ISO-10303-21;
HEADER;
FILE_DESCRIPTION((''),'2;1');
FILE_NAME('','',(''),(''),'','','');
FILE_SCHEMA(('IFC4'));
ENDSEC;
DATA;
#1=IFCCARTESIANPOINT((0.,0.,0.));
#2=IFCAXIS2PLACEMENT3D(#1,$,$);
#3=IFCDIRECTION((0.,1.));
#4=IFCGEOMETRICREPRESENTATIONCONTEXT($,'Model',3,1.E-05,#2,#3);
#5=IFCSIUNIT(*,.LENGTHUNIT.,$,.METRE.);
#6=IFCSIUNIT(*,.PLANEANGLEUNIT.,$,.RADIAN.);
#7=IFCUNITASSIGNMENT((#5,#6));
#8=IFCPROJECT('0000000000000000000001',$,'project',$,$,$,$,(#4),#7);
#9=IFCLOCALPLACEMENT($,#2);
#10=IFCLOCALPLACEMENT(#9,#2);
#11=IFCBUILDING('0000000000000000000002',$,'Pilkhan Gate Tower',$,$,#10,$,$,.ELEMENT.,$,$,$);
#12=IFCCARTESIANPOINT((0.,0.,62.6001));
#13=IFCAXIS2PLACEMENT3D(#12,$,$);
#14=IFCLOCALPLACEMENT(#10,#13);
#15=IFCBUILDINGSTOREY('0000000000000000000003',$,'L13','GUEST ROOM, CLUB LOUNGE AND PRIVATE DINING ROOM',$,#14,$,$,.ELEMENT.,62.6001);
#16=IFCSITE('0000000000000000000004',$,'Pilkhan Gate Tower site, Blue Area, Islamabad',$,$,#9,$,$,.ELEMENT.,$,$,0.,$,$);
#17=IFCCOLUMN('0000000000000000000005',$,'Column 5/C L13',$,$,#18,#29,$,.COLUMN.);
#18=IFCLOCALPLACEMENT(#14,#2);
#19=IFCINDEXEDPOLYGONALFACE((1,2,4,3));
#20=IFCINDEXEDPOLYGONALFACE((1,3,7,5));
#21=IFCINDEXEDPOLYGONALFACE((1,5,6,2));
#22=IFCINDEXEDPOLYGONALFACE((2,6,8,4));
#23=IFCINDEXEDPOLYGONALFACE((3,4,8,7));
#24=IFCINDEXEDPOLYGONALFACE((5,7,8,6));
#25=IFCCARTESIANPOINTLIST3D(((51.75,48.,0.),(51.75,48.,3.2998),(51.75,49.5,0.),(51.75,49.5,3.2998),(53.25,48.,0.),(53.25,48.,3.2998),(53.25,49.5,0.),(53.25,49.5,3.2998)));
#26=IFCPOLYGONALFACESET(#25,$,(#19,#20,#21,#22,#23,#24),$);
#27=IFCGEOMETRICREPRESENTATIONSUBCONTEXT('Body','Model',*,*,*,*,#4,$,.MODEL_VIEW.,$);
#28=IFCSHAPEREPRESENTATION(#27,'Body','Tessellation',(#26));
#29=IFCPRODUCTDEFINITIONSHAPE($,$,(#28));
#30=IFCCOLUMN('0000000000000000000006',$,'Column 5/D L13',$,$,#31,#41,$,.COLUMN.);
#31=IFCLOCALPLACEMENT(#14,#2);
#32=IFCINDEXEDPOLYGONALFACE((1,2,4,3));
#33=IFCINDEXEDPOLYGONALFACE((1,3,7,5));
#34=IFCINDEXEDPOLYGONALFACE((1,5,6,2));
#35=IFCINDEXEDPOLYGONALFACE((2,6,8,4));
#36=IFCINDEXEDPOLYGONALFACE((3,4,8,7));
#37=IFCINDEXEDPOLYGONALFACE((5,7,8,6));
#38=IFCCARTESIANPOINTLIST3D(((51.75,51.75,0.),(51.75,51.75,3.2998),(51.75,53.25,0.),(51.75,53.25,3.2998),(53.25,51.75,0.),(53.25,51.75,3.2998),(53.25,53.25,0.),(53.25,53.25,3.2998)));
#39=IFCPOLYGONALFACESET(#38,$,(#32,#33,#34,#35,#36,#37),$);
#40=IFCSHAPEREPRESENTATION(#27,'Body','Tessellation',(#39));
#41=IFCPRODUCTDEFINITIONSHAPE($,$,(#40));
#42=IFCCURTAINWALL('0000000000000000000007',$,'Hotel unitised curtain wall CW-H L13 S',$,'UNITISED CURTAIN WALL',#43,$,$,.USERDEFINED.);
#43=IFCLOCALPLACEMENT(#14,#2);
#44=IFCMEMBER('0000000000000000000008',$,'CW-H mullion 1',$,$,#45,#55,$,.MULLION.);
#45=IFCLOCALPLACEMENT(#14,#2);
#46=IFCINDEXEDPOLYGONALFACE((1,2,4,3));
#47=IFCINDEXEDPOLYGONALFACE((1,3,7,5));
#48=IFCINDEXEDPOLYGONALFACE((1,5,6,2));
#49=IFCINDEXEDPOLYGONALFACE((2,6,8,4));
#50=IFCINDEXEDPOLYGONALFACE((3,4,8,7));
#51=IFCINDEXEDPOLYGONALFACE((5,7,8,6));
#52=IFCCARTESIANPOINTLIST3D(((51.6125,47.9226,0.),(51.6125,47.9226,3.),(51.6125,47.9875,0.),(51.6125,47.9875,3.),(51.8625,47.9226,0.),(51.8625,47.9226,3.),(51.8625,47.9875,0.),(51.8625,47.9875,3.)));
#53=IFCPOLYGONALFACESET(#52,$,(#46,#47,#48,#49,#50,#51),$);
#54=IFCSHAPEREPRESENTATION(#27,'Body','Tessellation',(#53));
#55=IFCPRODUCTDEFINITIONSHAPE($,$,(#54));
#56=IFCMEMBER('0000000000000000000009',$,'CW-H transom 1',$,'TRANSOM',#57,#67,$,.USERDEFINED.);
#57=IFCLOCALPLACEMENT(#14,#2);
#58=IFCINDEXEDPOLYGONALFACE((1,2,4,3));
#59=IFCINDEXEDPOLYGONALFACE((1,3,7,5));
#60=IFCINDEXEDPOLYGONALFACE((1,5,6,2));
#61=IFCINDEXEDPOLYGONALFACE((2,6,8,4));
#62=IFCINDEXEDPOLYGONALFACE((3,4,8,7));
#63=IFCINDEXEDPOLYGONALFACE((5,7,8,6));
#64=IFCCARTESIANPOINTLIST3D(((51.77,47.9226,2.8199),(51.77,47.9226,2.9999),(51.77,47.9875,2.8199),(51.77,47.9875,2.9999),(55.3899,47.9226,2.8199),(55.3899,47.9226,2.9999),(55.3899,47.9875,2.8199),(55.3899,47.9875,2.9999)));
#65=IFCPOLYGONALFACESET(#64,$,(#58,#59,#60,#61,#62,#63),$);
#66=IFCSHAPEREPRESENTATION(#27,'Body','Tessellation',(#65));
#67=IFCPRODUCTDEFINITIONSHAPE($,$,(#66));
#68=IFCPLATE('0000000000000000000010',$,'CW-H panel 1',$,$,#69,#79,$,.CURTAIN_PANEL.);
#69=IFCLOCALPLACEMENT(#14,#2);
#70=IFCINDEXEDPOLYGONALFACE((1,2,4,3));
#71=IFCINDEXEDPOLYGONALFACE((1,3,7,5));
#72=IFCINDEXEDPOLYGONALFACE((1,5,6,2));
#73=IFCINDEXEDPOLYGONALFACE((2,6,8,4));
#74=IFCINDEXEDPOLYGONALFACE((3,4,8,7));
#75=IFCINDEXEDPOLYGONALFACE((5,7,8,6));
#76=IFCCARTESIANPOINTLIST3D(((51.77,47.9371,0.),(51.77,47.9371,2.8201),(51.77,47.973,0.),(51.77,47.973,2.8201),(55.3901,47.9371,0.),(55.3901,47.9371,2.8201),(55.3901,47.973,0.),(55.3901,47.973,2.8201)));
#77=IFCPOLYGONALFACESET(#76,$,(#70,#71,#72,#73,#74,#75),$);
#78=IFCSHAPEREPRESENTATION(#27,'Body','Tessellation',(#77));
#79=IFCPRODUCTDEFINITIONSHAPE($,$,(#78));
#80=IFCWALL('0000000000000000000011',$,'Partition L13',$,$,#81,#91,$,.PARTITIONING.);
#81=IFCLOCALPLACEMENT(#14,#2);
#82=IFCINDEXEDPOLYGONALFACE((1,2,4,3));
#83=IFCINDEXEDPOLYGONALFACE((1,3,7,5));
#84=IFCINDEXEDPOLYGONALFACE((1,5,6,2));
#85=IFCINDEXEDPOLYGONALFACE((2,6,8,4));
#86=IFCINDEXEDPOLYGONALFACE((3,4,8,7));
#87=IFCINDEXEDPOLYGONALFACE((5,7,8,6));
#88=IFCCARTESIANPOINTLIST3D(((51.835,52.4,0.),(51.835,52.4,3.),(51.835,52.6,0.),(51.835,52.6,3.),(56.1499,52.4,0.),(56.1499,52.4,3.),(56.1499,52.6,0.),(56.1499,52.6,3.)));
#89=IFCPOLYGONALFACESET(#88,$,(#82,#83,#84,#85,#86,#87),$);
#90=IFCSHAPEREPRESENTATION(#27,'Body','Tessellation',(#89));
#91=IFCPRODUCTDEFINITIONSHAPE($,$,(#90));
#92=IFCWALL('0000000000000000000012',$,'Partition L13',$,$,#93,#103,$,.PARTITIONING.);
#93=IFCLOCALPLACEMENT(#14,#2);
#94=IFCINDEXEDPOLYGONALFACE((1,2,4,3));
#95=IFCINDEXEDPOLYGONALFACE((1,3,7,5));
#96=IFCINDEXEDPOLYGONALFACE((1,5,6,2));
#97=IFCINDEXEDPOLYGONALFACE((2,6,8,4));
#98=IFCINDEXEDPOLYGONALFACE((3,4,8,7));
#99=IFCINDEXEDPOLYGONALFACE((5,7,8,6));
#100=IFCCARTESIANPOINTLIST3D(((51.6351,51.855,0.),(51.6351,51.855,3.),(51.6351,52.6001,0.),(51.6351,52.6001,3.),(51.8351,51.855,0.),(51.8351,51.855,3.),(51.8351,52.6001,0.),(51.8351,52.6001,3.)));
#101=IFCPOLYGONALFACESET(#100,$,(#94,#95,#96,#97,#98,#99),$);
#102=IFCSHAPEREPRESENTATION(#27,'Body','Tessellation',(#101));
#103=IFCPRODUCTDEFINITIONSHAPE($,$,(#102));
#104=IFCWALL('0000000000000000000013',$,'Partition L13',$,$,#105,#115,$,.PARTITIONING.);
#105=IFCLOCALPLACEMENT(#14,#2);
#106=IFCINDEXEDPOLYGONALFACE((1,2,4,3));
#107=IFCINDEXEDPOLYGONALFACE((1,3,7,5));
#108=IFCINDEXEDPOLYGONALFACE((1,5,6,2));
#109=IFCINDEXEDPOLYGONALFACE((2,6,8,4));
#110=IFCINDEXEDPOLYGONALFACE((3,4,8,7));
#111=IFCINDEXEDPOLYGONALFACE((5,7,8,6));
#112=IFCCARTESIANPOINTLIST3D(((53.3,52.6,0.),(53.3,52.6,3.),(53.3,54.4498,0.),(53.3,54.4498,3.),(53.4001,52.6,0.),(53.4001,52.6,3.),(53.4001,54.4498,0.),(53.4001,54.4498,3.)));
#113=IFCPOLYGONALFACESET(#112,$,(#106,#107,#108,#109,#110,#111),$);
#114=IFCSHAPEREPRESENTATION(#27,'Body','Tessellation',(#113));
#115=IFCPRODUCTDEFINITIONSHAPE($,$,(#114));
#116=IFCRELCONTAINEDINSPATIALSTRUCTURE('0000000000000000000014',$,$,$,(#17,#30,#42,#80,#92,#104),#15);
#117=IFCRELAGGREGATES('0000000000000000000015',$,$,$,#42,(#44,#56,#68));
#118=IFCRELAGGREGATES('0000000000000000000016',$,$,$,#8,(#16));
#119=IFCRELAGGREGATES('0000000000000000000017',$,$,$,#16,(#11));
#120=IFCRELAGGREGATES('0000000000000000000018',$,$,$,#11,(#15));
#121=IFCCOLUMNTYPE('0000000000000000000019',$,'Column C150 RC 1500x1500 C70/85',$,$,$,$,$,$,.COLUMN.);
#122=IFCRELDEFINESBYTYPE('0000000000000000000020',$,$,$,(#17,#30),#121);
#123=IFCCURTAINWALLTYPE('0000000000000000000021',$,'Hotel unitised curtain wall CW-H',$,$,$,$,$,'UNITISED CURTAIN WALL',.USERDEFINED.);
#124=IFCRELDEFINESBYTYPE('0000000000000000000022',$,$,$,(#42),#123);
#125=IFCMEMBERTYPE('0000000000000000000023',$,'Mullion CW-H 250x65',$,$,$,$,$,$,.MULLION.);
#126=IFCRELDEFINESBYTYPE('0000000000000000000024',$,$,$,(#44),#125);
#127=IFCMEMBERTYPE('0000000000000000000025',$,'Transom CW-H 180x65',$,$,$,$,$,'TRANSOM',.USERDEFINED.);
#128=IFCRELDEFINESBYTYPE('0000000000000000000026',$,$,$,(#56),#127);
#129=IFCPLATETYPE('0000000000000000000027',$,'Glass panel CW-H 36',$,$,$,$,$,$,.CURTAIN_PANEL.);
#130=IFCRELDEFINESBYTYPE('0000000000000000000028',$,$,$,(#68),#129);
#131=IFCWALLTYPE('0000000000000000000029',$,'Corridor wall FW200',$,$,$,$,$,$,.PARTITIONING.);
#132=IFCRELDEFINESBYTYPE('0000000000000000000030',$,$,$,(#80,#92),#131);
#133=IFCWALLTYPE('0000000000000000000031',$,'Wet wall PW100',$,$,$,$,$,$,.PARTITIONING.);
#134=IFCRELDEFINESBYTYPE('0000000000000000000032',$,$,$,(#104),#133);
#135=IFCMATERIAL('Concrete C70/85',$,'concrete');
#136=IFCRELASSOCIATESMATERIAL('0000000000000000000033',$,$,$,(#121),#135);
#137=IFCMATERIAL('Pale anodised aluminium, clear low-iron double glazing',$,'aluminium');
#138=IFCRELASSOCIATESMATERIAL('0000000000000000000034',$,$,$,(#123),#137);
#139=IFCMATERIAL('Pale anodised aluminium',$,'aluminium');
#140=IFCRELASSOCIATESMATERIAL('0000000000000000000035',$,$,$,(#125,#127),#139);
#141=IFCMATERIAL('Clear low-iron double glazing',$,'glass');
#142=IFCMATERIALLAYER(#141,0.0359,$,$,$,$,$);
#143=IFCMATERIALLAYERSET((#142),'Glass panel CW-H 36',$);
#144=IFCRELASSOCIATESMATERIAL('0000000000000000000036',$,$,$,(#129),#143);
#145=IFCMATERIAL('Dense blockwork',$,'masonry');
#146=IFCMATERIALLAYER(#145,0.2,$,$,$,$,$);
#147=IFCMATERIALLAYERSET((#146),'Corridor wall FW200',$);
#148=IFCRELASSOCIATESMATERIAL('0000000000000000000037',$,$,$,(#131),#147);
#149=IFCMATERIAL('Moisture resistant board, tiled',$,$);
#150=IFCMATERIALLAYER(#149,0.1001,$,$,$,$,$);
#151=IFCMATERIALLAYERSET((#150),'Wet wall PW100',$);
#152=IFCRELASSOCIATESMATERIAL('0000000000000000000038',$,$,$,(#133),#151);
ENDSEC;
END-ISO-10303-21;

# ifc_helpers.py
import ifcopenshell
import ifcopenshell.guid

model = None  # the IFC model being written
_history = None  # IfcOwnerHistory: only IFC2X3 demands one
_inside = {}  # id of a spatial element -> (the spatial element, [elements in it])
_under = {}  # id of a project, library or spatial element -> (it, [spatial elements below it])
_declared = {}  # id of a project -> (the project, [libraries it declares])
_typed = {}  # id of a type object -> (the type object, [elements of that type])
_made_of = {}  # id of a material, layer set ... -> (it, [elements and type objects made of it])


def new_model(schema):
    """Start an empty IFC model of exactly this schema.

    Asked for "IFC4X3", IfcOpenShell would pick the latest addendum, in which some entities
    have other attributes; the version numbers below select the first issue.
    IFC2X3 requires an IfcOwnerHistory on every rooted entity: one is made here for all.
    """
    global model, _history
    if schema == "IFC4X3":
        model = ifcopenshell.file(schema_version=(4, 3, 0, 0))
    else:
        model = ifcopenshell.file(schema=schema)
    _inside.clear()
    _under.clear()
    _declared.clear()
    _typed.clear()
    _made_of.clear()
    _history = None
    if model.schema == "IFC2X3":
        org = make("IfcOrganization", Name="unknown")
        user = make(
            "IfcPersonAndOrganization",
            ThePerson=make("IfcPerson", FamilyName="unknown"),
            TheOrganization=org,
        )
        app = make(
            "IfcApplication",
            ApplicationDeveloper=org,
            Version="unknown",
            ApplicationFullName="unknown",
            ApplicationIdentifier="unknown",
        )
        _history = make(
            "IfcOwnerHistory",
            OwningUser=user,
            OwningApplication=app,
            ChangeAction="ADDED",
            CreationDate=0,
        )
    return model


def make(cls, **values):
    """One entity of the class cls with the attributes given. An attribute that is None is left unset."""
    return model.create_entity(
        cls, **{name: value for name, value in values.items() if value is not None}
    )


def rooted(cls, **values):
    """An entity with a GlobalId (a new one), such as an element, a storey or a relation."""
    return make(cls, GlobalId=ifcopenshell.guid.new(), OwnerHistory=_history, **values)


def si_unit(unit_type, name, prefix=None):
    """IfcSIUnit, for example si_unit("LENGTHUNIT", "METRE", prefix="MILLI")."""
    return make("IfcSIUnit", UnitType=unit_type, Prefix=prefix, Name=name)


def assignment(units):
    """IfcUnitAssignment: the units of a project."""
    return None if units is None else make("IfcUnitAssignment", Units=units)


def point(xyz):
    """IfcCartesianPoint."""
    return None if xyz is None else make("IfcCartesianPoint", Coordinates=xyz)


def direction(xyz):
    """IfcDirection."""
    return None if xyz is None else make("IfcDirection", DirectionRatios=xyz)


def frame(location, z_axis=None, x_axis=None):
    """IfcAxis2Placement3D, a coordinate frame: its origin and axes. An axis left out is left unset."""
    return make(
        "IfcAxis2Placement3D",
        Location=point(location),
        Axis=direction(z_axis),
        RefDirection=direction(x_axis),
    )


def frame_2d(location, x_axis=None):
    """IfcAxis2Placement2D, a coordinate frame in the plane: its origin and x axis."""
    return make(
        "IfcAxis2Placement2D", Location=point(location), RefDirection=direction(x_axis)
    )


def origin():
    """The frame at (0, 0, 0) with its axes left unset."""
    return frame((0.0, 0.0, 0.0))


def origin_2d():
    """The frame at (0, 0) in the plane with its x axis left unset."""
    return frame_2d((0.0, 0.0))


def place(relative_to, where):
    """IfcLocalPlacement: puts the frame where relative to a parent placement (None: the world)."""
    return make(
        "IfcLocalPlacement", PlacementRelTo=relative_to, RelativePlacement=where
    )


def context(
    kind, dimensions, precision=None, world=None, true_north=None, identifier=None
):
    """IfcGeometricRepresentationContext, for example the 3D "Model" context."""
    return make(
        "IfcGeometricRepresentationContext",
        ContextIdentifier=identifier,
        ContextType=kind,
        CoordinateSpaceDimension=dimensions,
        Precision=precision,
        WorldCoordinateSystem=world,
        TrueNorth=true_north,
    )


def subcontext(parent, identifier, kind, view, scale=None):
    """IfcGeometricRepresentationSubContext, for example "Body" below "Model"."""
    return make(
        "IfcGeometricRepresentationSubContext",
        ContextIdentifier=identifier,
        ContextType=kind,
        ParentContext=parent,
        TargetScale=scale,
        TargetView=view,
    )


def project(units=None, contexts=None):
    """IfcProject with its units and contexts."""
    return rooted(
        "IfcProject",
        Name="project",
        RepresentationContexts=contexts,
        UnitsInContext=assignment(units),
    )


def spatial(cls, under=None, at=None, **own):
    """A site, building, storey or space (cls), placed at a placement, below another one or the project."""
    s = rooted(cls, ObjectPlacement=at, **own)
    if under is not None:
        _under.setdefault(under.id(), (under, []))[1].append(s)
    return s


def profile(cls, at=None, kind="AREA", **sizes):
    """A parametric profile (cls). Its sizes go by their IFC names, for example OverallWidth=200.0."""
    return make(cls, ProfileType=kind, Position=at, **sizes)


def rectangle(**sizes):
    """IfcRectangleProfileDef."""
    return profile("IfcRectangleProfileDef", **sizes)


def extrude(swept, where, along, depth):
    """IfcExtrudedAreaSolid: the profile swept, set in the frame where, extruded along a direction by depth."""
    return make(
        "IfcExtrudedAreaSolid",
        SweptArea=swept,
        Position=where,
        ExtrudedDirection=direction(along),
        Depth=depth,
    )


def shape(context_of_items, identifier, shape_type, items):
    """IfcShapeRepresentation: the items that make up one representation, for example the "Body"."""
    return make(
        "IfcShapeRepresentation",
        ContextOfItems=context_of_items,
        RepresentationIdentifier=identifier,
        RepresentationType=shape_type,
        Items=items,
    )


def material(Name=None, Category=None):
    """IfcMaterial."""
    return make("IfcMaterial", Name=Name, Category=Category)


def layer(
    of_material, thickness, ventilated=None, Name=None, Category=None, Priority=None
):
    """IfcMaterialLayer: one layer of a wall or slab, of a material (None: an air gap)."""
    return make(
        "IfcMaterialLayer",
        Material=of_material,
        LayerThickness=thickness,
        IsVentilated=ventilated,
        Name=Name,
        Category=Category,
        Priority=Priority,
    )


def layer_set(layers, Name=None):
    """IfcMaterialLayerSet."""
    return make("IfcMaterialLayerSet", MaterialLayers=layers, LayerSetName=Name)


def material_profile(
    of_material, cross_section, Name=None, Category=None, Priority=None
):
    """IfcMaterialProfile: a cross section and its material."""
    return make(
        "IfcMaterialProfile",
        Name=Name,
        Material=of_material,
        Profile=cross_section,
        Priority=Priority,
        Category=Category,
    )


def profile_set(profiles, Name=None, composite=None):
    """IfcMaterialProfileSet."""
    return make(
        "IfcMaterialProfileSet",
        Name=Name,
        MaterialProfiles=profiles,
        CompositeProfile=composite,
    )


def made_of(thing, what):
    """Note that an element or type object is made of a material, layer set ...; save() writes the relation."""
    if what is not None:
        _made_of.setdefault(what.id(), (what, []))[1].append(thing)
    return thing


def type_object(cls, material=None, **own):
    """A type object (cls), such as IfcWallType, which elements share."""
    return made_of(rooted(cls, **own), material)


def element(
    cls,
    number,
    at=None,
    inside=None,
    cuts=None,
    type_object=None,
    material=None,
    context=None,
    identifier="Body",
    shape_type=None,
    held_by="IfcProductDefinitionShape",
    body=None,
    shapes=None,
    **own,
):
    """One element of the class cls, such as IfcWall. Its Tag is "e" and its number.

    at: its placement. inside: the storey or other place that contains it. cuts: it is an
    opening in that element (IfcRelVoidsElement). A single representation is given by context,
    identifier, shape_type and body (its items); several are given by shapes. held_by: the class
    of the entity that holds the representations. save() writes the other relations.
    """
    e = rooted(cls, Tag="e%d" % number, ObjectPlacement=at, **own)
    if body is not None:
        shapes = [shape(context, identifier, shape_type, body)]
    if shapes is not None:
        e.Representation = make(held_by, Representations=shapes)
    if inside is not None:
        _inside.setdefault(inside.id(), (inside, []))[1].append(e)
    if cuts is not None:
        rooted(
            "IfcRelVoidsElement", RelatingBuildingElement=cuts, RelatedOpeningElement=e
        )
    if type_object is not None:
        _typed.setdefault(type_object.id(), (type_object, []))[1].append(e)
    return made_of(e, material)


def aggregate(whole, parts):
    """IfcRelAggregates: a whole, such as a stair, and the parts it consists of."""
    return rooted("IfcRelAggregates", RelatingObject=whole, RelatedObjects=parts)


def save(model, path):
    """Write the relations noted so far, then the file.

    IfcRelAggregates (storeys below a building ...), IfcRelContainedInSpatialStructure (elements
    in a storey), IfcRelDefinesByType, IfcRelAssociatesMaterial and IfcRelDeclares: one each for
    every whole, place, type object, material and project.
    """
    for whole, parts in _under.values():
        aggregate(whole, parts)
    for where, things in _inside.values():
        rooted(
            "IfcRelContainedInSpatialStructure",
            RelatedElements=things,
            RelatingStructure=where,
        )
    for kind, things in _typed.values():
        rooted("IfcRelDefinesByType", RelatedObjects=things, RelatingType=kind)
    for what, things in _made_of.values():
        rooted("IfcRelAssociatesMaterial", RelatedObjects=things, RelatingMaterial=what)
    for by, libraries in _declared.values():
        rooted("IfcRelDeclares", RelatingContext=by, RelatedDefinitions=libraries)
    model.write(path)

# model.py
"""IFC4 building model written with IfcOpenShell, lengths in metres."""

from ifc_helpers import new_model, si_unit, direction, frame, frame_2d, origin, origin_2d, place, context, subcontext, project, spatial, rectangle, extrude, material, layer, layer_set, material_profile, profile_set, type_object, element, aggregate, save


model = new_model("IFC4")

# Units and contexts
model_context = context("Model", 3, precision=1e-05, world=origin(), true_north=direction((0.0, 1.0)))
body_context = subcontext(model_context, "Body", "Model", "MODEL_VIEW")
ifc_project = project(units=[si_unit("LENGTHUNIT", "METRE"), si_unit("PLANEANGLEUNIT", "RADIAN")], contexts=[model_context])

# Site, building, storey
site_placement = place(None, origin())
site = spatial("IfcSite", under=ifc_project, at=site_placement, Name="Pilkhan Gate Tower site, Blue Area, Islamabad", CompositionType="ELEMENT", RefElevation=0.0)
building_placement = place(site_placement, origin())
building = spatial("IfcBuilding", under=site, at=building_placement, Name="Pilkhan Gate Tower", CompositionType="ELEMENT")
storey_placement = place(building_placement, frame((0.0, 0.0, 62.6001)))
storey = spatial("IfcBuildingStorey", under=building, at=storey_placement, Name="L13", Description="GUEST ROOM, CLUB LOUNGE AND PRIVATE DINING ROOM", CompositionType="ELEMENT", Elevation=62.6001)

# Columns
ifc_material_1 = material(Name="Concrete C70/85", Category="concrete")
ifc_material_profile_1 = material_profile(ifc_material_1, rectangle(XDim=1.5, YDim=1.5, at=origin_2d()), Name="RC 1500x1500")
ifc_profile_set_1 = profile_set([ifc_material_profile_1], Name="Concrete C70/85")
column_type = type_object("IfcColumnType", Name="Column C150 RC 1500x1500 C70/85", PredefinedType="COLUMN", material=ifc_profile_set_1)
for number, where, z_axis, x_axis, name in (
    (1, (52.5, 48.75, 0.0), (0.0, 0.0, 1.0), (1.0, 0.0, 0.0), "Column 5/C L13"),
    (2, (52.5, 52.5, 0.0), (0.0, 0.0, 1.0), (1.0, 0.0, 0.0), "Column 5/D L13"),
):
    element("IfcColumn", number, at=place(storey_placement, frame(where, z_axis=z_axis, x_axis=x_axis)), inside=storey, type_object=column_type, Name=name, PredefinedType="COLUMN", context=body_context, shape_type="SweptSolid", body=[
        extrude(rectangle(XDim=1.5, YDim=1.5, at=origin_2d()), origin(), (0.0, 0.0, 1.0), 3.2998),
    ])

# Curtain wall, members, plate
ifc_material_2 = material(Name="Pale anodised aluminium, clear low-iron double glazing", Category="aluminium")
curtain_wall_type = type_object("IfcCurtainWallType", Name="Hotel unitised curtain wall CW-H", ElementType="UNITISED CURTAIN WALL", PredefinedType="USERDEFINED", material=ifc_material_2)
curtain_wall_placement = place(storey_placement, origin())
curtain_wall = element("IfcCurtainWall", 3, at=curtain_wall_placement, inside=storey, type_object=curtain_wall_type, Name="Hotel unitised curtain wall CW-H L13 S", ObjectType="UNITISED CURTAIN WALL", PredefinedType="USERDEFINED")
ifc_material_3 = material(Name="Pale anodised aluminium", Category="aluminium")
ifc_material_profile_2 = material_profile(ifc_material_3, rectangle(XDim=0.0649, YDim=0.25, at=origin_2d()), Name="Mullion 250x65")
ifc_profile_set_2 = profile_set([ifc_material_profile_2], Name="Pale anodised aluminium")
member_type_1 = type_object("IfcMemberType", Name="Mullion CW-H 250x65", PredefinedType="MULLION", material=ifc_profile_set_2)
member_1_placement = place(storey_placement, frame((51.7375, 47.9551, 0.0), z_axis=(0.0, 0.0, 1.0), x_axis=(0.0, 1.0, 0.0)))
member_1 = element("IfcMember", 4, at=member_1_placement, type_object=member_type_1, Name="CW-H mullion 1", PredefinedType="MULLION", context=body_context, shape_type="SweptSolid", body=[
    extrude(rectangle(XDim=0.0649, YDim=0.25, at=origin_2d()), origin(), (0.0, 0.0, 1.0), 3.0),
])
ifc_material_profile_3 = material_profile(ifc_material_3, rectangle(XDim=0.0649, YDim=0.1799, at=origin_2d()), Name="Transom 180x65")
ifc_profile_set_3 = profile_set([ifc_material_profile_3], Name="Pale anodised aluminium")
member_type_2 = type_object("IfcMemberType", Name="Transom CW-H 180x65", ElementType="TRANSOM", PredefinedType="USERDEFINED", material=ifc_profile_set_3)
member_2_placement = place(storey_placement, frame((51.77, 47.9551, 2.9099), z_axis=(1.0, 0.0, 0.0), x_axis=(0.0, 1.0, 0.0)))
member_2 = element("IfcMember", 5, at=member_2_placement, type_object=member_type_2, Name="CW-H transom 1", ObjectType="TRANSOM", PredefinedType="USERDEFINED", context=body_context, shape_type="SweptSolid", body=[
    extrude(rectangle(XDim=0.0649, YDim=0.1799, at=origin_2d()), origin(), (0.0, 0.0, 1.0), 3.6199),
])
ifc_material_4 = material(Name="Clear low-iron double glazing", Category="glass")
ifc_layer_1 = layer(ifc_material_4, 0.0359)
ifc_layer_set_1 = layer_set([ifc_layer_1], Name="Glass panel CW-H 36")
plate_type = type_object("IfcPlateType", Name="Glass panel CW-H 36", PredefinedType="CURTAIN_PANEL", material=ifc_layer_set_1)
plate_placement = place(storey_placement, frame((53.5801, 47.9551, 0.0), z_axis=(0.0, 0.0, 1.0), x_axis=(1.0, 0.0, 0.0)))
plate = element("IfcPlate", 6, at=plate_placement, type_object=plate_type, Name="CW-H panel 1", PredefinedType="CURTAIN_PANEL", context=body_context, shape_type="SweptSolid", body=[
    extrude(rectangle(XDim=3.6201, YDim=0.0359, at=origin_2d()), origin(), (0.0, 0.0, 1.0), 2.8201),
])
aggregate(curtain_wall, [member_1, member_2, plate])

# Shared definitions
ifc_material_5 = material(Name="Dense blockwork", Category="masonry")
ifc_layer_2 = layer(ifc_material_5, 0.2)
ifc_layer_set_2 = layer_set([ifc_layer_2], Name="Corridor wall FW200")
wall_type_1 = type_object("IfcWallType", Name="Corridor wall FW200", PredefinedType="PARTITIONING", material=ifc_layer_set_2)

# Walls
wall_1_placement = place(storey_placement, frame((51.835, 52.5, 0.0), z_axis=(0.0, 0.0, 1.0), x_axis=(1.0, 0.0, 0.0)))
element("IfcWall", 7, at=wall_1_placement, inside=storey, type_object=wall_type_1, Name="Partition L13", PredefinedType="PARTITIONING", context=body_context, shape_type="SweptSolid", body=[
    extrude(rectangle(XDim=4.3149, YDim=0.2, at=frame_2d((2.1575, 0.0))), origin(), (0.0, 0.0, 1.0), 3.0),
])
wall_2_placement = place(storey_placement, frame((51.7351, 51.855, 0.0), z_axis=(0.0, 0.0, 1.0), x_axis=(0.0, 1.0, 0.0)))
element("IfcWall", 8, at=wall_2_placement, inside=storey, type_object=wall_type_1, Name="Partition L13", PredefinedType="PARTITIONING", context=body_context, shape_type="SweptSolid", body=[
    extrude(rectangle(XDim=0.7451, YDim=0.2, at=frame_2d((0.3726, 0.0))), origin(), (0.0, 0.0, 1.0), 3.0),
])
ifc_material_6 = material(Name="Moisture resistant board, tiled")
ifc_layer_3 = layer(ifc_material_6, 0.1001)
ifc_layer_set_3 = layer_set([ifc_layer_3], Name="Wet wall PW100")
wall_type_2 = type_object("IfcWallType", Name="Wet wall PW100", PredefinedType="PARTITIONING", material=ifc_layer_set_3)
wall_3_placement = place(storey_placement, frame((53.3501, 52.6001, 0.0), z_axis=(0.0, 0.0, 1.0), x_axis=(0.0, 1.0, 0.0)))
element("IfcWall", 9, at=wall_3_placement, inside=storey, type_object=wall_type_2, Name="Partition L13", PredefinedType="PARTITIONING", context=body_context, shape_type="SweptSolid", body=[
    extrude(rectangle(XDim=1.8499, YDim=0.1001, at=frame_2d((0.9248, 0.0))), origin(), (0.0, 0.0, 1.0), 3.0),
])

save(model, "model.ifc")
